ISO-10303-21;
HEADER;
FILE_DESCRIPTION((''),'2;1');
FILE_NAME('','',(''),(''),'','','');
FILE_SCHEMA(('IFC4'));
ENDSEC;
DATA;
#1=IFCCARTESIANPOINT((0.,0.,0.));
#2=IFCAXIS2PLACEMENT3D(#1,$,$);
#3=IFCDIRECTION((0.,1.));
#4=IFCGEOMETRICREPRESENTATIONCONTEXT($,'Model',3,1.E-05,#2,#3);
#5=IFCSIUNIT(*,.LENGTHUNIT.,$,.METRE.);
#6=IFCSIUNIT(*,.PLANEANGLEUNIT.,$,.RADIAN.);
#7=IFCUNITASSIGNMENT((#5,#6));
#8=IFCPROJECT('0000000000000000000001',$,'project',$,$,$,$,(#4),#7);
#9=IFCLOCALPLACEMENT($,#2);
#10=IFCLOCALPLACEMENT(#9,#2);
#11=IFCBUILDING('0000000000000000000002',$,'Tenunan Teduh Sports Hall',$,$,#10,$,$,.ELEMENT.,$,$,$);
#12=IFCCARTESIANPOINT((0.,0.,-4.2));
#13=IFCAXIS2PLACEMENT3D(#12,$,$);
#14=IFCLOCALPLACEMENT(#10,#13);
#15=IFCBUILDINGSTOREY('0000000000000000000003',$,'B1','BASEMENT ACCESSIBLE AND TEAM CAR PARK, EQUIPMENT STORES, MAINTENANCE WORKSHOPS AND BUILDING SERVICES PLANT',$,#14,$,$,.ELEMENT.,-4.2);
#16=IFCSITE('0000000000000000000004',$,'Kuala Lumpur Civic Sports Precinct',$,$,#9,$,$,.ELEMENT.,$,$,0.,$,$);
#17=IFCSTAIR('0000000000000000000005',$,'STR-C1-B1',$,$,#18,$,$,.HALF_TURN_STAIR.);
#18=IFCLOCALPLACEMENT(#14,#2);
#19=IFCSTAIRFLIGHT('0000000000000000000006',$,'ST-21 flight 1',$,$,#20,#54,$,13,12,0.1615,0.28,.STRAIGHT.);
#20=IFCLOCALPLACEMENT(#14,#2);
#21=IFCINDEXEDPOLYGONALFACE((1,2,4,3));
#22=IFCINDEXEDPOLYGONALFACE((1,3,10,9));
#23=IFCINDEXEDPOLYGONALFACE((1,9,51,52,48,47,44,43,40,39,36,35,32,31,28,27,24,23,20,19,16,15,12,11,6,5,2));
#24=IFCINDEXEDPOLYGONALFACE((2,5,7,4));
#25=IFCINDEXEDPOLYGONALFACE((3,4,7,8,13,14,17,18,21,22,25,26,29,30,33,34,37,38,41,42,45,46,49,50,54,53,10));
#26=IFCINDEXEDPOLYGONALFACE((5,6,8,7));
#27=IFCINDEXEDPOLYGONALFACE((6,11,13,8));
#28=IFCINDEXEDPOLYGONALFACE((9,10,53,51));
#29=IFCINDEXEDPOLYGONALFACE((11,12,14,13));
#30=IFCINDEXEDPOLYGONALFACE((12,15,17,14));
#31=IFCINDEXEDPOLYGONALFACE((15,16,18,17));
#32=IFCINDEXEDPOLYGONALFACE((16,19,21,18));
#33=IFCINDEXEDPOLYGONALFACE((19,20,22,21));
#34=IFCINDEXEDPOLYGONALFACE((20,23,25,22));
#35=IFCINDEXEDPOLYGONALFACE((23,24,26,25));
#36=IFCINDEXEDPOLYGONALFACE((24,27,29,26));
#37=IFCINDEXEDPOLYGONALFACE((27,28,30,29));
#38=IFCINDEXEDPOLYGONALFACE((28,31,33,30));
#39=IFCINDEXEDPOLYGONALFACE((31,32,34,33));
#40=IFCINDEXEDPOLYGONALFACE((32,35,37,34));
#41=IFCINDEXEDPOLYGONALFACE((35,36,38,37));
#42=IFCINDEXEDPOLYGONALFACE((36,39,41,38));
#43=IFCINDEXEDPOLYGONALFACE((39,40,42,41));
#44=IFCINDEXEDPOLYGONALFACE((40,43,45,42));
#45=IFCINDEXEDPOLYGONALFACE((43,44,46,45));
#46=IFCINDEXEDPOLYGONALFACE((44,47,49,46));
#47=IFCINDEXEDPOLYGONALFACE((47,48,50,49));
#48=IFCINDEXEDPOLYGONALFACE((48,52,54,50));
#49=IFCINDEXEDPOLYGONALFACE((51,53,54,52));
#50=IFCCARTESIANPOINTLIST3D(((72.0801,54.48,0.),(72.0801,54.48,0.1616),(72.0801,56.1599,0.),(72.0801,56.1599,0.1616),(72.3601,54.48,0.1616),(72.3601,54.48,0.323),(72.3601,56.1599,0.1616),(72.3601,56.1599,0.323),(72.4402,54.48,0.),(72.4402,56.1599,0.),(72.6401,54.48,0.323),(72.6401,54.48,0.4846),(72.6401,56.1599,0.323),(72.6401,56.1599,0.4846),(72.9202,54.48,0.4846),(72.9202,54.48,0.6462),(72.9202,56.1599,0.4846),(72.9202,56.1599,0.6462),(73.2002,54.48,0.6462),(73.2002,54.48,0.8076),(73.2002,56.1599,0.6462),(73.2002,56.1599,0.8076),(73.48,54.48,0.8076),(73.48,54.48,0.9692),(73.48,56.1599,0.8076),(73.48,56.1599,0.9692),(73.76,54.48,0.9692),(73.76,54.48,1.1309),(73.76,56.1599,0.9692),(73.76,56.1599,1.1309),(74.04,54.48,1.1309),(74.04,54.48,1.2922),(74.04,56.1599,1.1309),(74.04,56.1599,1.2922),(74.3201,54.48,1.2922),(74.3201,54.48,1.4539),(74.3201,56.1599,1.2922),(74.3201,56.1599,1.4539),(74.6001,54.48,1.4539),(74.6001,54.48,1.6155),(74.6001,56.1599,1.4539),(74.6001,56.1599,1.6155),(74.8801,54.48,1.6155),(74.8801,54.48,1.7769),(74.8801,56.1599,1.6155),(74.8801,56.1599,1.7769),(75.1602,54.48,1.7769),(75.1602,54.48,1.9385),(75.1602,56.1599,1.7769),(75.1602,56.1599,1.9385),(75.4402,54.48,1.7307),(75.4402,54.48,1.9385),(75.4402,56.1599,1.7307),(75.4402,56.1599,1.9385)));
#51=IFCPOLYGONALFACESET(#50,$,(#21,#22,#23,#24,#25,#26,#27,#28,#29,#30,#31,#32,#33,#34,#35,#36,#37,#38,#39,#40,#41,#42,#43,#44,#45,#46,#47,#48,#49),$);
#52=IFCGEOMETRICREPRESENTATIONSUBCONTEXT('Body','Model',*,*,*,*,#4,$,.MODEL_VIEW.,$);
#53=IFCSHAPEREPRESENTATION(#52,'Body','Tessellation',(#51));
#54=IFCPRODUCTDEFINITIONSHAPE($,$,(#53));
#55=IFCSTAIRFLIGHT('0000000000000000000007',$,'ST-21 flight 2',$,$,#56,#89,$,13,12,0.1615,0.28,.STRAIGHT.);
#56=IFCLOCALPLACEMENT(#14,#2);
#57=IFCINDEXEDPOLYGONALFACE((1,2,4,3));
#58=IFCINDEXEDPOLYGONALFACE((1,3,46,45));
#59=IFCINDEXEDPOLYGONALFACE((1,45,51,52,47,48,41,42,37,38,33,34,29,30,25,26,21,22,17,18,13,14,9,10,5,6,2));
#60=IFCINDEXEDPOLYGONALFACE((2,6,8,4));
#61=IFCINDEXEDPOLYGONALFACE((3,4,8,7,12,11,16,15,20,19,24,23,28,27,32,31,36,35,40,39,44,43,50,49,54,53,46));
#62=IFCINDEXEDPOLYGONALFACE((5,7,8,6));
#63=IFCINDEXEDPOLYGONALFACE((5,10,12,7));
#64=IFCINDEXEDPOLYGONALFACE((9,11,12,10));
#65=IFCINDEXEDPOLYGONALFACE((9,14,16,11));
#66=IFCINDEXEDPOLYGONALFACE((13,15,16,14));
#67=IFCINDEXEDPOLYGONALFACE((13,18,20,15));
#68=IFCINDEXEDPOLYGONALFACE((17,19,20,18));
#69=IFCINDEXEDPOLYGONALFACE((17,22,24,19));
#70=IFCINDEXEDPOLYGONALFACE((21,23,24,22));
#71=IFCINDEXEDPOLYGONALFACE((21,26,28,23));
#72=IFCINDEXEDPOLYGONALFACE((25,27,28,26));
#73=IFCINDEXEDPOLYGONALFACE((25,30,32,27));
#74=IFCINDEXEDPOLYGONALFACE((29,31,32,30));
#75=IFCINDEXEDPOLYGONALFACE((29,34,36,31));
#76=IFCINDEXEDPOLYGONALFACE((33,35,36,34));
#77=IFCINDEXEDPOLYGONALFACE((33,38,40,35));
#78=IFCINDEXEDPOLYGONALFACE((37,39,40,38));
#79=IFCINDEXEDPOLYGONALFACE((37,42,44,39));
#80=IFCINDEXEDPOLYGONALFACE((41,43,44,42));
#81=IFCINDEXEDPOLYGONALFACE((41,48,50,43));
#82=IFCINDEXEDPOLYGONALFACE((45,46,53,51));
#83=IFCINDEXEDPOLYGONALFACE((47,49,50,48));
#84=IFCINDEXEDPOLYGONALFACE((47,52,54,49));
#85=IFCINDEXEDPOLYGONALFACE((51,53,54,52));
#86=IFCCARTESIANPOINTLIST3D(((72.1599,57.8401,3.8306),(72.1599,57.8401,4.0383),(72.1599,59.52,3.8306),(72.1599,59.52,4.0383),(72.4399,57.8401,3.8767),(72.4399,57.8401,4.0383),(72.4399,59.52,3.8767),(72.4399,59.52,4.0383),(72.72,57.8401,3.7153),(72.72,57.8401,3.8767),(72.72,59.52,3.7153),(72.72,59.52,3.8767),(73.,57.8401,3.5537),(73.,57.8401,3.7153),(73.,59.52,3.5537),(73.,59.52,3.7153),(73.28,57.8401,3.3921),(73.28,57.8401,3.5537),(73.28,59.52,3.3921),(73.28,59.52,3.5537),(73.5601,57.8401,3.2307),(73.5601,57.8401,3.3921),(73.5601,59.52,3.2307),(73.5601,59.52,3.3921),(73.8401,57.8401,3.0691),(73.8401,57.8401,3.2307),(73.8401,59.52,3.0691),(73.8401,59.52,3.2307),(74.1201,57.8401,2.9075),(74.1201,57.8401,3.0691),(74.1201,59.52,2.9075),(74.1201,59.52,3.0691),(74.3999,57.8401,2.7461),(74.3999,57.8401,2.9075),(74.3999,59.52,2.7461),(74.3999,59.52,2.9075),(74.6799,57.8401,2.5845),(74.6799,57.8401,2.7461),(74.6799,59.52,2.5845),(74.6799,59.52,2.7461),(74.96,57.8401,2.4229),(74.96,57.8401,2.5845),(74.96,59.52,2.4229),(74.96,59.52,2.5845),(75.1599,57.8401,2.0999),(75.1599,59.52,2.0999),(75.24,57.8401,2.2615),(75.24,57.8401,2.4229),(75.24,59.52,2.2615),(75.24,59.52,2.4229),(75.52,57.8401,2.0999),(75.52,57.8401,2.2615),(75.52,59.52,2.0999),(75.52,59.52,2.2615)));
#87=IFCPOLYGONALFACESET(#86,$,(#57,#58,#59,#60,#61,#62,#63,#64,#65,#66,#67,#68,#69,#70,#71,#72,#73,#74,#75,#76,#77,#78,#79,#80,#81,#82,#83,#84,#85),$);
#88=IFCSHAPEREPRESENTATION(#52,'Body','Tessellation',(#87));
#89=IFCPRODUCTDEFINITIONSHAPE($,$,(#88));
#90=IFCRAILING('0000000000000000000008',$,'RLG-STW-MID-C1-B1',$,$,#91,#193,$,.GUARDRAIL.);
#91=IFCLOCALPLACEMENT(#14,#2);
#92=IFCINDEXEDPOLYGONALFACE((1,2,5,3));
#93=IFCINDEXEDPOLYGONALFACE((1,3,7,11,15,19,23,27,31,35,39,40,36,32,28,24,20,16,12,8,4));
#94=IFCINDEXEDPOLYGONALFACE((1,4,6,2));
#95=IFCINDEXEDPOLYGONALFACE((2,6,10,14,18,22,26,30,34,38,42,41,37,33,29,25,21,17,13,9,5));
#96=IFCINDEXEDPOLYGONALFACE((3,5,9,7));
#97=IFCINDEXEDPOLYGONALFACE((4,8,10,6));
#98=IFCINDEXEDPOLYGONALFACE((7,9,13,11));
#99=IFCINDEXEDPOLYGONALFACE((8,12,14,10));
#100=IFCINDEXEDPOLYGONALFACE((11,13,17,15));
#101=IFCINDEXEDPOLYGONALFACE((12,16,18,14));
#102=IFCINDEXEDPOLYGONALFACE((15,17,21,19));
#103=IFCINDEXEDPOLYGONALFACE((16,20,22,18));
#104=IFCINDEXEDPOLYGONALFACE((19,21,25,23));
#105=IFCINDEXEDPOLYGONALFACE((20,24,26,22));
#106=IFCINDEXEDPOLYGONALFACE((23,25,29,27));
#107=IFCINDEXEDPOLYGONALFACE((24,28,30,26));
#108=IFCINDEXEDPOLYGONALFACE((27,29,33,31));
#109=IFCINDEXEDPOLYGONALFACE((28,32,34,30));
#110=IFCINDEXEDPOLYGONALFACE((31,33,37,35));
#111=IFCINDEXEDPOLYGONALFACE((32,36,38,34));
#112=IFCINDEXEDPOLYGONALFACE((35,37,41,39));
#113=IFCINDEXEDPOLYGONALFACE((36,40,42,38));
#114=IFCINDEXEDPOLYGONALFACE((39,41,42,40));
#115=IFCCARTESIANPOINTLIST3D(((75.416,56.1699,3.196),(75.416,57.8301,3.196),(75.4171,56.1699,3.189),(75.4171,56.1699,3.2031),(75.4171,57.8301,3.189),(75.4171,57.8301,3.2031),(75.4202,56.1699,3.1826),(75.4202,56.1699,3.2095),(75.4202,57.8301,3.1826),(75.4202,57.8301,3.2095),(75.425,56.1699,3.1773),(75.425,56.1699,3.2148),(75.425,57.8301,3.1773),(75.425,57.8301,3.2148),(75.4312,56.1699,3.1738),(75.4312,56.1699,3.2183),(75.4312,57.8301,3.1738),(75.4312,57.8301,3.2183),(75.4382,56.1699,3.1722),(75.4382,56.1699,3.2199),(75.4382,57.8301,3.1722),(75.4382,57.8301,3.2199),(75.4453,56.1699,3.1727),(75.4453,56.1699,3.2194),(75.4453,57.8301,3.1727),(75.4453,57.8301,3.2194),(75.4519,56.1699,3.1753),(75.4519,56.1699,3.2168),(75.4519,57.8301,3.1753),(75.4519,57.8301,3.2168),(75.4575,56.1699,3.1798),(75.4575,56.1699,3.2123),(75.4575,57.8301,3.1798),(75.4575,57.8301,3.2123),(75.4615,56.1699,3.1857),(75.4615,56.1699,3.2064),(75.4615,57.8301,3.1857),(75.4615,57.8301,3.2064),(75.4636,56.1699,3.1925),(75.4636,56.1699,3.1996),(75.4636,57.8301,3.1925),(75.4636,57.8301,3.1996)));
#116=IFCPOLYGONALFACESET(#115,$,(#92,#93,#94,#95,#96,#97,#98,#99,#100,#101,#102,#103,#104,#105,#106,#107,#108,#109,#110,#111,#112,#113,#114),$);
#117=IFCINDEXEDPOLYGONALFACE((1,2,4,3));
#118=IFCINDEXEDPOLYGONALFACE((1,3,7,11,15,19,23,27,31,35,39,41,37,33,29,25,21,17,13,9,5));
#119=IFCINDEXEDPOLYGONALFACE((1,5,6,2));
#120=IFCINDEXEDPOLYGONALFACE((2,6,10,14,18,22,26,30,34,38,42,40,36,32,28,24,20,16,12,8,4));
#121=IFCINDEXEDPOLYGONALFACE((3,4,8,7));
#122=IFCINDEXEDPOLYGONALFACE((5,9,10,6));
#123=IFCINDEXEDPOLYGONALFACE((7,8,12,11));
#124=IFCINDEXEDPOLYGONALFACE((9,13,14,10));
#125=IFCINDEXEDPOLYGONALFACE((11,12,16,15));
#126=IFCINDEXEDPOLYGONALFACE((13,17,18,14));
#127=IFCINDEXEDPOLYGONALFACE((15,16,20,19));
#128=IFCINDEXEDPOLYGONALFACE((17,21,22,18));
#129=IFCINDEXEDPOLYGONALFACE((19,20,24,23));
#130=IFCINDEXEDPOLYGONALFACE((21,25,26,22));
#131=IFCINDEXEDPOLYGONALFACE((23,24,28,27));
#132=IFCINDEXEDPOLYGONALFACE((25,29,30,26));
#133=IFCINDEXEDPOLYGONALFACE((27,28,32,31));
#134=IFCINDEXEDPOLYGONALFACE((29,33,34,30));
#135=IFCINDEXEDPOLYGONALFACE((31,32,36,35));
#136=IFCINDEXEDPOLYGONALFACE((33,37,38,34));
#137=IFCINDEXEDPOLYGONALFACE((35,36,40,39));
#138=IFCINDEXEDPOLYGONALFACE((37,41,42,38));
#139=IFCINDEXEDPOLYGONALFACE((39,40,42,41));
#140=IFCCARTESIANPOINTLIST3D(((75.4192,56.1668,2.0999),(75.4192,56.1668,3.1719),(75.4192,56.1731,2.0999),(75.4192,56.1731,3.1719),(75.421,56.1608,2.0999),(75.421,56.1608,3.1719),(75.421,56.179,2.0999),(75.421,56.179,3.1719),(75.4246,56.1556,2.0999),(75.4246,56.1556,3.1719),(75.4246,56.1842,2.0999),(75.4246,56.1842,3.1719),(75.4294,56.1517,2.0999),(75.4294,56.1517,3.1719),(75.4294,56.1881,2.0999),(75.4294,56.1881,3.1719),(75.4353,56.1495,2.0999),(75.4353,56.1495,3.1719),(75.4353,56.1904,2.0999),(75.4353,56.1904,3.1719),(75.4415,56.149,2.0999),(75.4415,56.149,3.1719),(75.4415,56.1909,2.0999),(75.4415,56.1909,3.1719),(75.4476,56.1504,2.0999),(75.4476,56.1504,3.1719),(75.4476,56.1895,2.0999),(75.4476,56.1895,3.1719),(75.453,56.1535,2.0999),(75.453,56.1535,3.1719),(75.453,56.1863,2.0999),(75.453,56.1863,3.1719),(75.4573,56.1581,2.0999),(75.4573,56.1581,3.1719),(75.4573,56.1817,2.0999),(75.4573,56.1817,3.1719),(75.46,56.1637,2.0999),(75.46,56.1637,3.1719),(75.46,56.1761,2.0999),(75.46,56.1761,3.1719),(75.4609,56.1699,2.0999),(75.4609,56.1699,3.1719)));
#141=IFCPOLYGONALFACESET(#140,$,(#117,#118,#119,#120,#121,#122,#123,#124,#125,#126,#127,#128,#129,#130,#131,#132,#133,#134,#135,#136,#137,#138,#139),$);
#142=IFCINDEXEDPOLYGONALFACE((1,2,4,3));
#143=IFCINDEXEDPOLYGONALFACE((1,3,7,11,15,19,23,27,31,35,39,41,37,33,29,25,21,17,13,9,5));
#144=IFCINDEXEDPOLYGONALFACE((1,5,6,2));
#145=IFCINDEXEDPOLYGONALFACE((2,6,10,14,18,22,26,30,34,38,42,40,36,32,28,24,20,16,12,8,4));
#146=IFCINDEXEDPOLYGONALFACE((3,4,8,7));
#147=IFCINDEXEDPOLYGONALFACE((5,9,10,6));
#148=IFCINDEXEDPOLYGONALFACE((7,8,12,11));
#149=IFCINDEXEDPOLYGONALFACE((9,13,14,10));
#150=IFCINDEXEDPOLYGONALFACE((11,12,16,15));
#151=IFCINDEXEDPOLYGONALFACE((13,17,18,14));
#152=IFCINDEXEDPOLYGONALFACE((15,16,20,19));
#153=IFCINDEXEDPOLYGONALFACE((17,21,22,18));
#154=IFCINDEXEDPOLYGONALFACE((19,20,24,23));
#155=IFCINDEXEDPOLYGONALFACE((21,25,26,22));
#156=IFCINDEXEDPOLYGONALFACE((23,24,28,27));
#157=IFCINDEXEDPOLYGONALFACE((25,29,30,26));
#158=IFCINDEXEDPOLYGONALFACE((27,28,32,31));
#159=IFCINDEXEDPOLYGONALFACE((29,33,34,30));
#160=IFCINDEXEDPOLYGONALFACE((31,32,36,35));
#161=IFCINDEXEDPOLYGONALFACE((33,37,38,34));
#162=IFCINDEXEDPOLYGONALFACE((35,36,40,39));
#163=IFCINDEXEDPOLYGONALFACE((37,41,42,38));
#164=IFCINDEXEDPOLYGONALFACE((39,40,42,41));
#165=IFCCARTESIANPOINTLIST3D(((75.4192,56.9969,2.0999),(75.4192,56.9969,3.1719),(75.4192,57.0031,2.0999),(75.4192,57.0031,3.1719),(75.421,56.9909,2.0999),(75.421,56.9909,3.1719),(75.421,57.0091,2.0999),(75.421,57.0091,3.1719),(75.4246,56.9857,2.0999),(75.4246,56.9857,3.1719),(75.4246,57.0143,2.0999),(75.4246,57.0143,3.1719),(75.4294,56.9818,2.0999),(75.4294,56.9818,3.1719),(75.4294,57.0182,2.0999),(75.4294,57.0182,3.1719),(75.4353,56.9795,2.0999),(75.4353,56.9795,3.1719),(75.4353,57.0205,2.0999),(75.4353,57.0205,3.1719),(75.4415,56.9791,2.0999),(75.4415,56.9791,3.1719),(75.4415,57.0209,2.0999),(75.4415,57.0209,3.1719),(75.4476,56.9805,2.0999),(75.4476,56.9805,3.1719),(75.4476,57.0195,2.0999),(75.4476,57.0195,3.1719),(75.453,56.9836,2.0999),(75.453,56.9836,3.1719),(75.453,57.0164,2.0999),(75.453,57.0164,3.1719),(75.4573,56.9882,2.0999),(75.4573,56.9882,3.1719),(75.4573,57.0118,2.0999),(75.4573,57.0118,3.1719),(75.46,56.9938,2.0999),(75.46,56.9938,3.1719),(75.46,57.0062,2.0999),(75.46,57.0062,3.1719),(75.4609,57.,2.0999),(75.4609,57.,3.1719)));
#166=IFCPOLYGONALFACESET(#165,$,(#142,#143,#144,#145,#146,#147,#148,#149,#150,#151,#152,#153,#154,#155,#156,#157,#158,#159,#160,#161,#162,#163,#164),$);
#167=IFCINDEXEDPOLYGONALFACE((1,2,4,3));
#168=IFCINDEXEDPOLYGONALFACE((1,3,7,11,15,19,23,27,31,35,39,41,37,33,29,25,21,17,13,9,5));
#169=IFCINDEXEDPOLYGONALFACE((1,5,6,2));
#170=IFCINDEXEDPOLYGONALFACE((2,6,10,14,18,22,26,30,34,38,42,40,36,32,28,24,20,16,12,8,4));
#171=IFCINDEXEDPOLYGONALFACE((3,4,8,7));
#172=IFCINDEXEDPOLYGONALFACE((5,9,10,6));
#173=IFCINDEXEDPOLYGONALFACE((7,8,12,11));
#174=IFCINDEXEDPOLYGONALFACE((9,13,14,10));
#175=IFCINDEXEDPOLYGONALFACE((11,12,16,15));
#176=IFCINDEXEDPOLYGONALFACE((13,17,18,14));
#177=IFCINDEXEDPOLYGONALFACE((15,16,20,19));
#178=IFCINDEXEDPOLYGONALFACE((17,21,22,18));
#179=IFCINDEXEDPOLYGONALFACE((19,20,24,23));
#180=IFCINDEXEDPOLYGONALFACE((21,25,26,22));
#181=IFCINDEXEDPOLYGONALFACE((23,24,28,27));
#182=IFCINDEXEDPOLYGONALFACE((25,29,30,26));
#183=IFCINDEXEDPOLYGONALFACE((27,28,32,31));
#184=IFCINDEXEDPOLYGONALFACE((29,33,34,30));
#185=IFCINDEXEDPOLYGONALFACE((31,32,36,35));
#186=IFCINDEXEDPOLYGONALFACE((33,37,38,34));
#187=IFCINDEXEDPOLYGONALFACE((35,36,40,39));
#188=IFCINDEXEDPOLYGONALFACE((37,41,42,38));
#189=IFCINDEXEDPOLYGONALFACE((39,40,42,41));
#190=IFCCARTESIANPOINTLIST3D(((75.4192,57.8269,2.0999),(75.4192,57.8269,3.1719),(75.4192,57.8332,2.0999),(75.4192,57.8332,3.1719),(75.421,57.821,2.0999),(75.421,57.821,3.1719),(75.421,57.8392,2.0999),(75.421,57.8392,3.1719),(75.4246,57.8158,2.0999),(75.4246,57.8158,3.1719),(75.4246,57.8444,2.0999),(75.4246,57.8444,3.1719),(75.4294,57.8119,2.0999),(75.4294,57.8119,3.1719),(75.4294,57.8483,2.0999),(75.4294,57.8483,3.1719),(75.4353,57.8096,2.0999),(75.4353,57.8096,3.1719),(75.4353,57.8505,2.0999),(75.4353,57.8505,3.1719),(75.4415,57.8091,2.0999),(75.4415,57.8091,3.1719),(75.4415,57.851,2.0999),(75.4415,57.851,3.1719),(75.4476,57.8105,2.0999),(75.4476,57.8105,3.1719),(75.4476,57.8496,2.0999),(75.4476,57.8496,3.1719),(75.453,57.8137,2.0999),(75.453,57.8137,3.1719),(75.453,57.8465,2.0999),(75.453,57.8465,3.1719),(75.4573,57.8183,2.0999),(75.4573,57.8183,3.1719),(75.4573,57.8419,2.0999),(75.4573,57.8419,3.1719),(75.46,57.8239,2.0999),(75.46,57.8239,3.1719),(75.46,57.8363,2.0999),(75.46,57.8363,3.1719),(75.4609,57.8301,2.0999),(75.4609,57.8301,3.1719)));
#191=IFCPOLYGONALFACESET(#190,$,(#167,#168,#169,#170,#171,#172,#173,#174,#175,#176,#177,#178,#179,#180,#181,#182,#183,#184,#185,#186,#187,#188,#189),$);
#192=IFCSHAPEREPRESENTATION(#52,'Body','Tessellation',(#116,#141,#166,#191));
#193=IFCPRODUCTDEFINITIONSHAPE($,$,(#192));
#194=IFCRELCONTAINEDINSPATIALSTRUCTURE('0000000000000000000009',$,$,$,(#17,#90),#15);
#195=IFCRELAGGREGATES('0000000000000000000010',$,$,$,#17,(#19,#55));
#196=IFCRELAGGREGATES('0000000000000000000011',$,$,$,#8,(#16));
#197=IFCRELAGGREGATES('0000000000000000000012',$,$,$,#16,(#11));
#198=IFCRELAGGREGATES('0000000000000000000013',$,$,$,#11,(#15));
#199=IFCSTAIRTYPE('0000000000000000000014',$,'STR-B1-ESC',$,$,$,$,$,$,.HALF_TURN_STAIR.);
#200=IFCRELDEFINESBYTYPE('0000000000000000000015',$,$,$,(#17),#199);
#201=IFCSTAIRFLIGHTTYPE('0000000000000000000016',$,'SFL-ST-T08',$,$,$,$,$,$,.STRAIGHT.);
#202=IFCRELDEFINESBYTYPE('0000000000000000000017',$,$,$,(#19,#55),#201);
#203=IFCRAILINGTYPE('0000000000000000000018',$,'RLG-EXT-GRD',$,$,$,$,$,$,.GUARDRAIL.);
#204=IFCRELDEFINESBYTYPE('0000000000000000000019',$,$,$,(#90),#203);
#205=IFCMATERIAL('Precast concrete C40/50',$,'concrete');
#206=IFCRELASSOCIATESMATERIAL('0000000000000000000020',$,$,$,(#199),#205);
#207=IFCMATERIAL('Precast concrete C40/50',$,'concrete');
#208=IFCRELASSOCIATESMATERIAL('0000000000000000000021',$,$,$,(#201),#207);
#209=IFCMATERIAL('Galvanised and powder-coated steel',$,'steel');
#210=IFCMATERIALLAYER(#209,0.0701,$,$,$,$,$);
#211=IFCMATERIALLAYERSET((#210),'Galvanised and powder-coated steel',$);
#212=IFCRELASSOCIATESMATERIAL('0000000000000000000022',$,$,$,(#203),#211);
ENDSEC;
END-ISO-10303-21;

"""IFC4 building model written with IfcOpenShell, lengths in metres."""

from ifc_helpers import new_model, si_unit, direction, frame, origin, origin_2d, place, context, subcontext, project, spatial, polyline, circle, outline, extrude, material, layer, layer_set, type_object, element, aggregate, save


model = new_model("IFC4")

# Units and contexts
model_context = context("Model", 3, precision=1e-05, world=origin(), true_north=direction((0.0, 1.0)))
body_context = subcontext(model_context, "Body", "Model", "MODEL_VIEW")
ifc_project = project(units=[si_unit("LENGTHUNIT", "METRE"), si_unit("PLANEANGLEUNIT", "RADIAN")], contexts=[model_context])

# Site, building, storey
site_placement = place(None, origin())
site = spatial("IfcSite", under=ifc_project, at=site_placement, Name="Kuala Lumpur Civic Sports Precinct", CompositionType="ELEMENT", RefElevation=0.0)
building_placement = place(site_placement, origin())
building = spatial("IfcBuilding", under=site, at=building_placement, Name="Tenunan Teduh Sports Hall", CompositionType="ELEMENT")
storey_placement = place(building_placement, frame((0.0, 0.0, -4.2)))
storey = spatial("IfcBuildingStorey", under=building, at=storey_placement, Name="B1", Description="BASEMENT ACCESSIBLE AND TEAM CAR PARK, EQUIPMENT STORES, MAINTENANCE WORKSHOPS AND BUILDING SERVICES PLANT", CompositionType="ELEMENT", Elevation=-4.2)

# Stair, stair flights
ifc_material_1 = material(Name="Precast concrete C40/50", Category="concrete")
stair_type = type_object("IfcStairType", Name="STR-B1-ESC", PredefinedType="HALF_TURN_STAIR", material=ifc_material_1)
stair_placement = place(storey_placement, origin())
stair = element("IfcStair", 1, at=stair_placement, inside=storey, type_object=stair_type, Name="STR-C1-B1", PredefinedType="HALF_TURN_STAIR")
ifc_material_2 = material(Name="Precast concrete C40/50", Category="concrete")
stair_flight_type = type_object("IfcStairFlightType", Name="SFL-ST-T08", PredefinedType="STRAIGHT", material=ifc_material_2)
stair_flight_1_placement = place(storey_placement, frame((72.0801, 55.3201, 0.0), z_axis=(0.0, 0.0, 1.0), x_axis=(1.0, 0.0, 0.0)))
stair_flight_1 = element("IfcStairFlight", 2, at=stair_flight_1_placement, type_object=stair_flight_type, Name="ST-21 flight 1", NumberOfRisers=13, NumberOfTreads=12, PredefinedType="STRAIGHT", RiserHeight=0.1615, TreadLength=0.28, context=body_context, shape_type="SweptSolid", body=[
    extrude(outline(polyline([(0.0, 0.0), (0.0, 0.1616), (0.28, 0.1616), (0.28, 0.323), (0.5601, 0.323), (0.5601, 0.4846), (0.8401, 0.4846), (0.8401, 0.6462), (1.1201, 0.6462), (1.1201, 0.8076), (1.3999, 0.8076), (1.3999, 0.9692), (1.6799, 0.9692), (1.6799, 1.1309), (1.96, 1.1309), (1.96, 1.2922), (2.24, 1.2922), (2.24, 1.4539), (2.52, 1.4539), (2.52, 1.6155), (2.8, 1.6155), (2.8, 1.7769), (3.0801, 1.7769), (3.0801, 1.9385), (3.3601, 1.9385), (3.3601, 2.1001), (3.3601, 1.7307), (0.3601, 0.0), (0.0, 0.0)])), frame((0.0, 0.8398, 0.0), z_axis=(0.0, -1.0, 0.0), x_axis=(1.0, 0.0, 0.0)), (0.0, 0.0, 1.0), 1.6799),
])
stair_flight_2_placement = place(storey_placement, frame((75.52, 58.6799, 2.0999), z_axis=(0.0, 0.0, 1.0), x_axis=(-1.0, 0.0, 0.0)))
stair_flight_2 = element("IfcStairFlight", 3, at=stair_flight_2_placement, type_object=stair_flight_type, Name="ST-21 flight 2", NumberOfRisers=13, NumberOfTreads=12, PredefinedType="STRAIGHT", RiserHeight=0.1615, TreadLength=0.28, context=body_context, shape_type="SweptSolid", body=[
    extrude(outline(polyline([(0.0, 0.0), (0.0, 0.1616), (0.28, 0.1616), (0.28, 0.323), (0.5601, 0.323), (0.5601, 0.4846), (0.8401, 0.4846), (0.8401, 0.6462), (1.1201, 0.6462), (1.1201, 0.8076), (1.3999, 0.8076), (1.3999, 0.9692), (1.6799, 0.9692), (1.6799, 1.1309), (1.96, 1.1309), (1.96, 1.2922), (2.24, 1.2922), (2.24, 1.4539), (2.52, 1.4539), (2.52, 1.6155), (2.8, 1.6155), (2.8, 1.7769), (3.0801, 1.7769), (3.0801, 1.9385), (3.3601, 1.9385), (3.3601, 2.1001), (3.3601, 1.7307), (0.3601, 0.0), (0.0, 0.0)])), frame((0.0, 0.8398, 0.0), z_axis=(0.0, -1.0, 0.0), x_axis=(1.0, 0.0, 0.0)), (0.0, 0.0, 1.0), 1.6799),
])

# Railing
ifc_material_3 = material(Name="Galvanised and powder-coated steel", Category="steel")
ifc_layer_1 = layer(ifc_material_3, 0.0701)
ifc_layer_set_1 = layer_set([ifc_layer_1], Name="Galvanised and powder-coated steel")
railing_type_1 = type_object("IfcRailingType", Name="RLG-EXT-GRD", PredefinedType="GUARDRAIL", material=ifc_layer_set_1)
railing_1_placement = place(storey_placement, frame((75.4399, 56.1699, 2.0999)))
element("IfcRailing", 4, at=railing_1_placement, inside=storey, type_object=railing_type_1, Name="RLG-STW-MID-C1-B1", PredefinedType="GUARDRAIL", context=body_context, shape_type="SweptSolid", body=[
    extrude(circle(Radius=0.0239, at=origin_2d()), frame((0.0, 0.0, 1.0962), z_axis=(0.0, 1.0, 0.0), x_axis=(-1.0, 0.0, 0.0)), (0.0, 0.0, 1.0), 1.6602),
    extrude(circle(Radius=0.021, at=origin_2d()), origin(), (0.0, 0.0, 1.0), 1.072),
    extrude(circle(Radius=0.021, at=origin_2d()), frame((0.0, 0.8301, 0.0)), (0.0, 0.0, 1.0), 1.072),
    extrude(circle(Radius=0.021, at=origin_2d()), frame((0.0, 1.6602, 0.0)), (0.0, 0.0, 1.0), 1.072),
])

aggregate(stair, [stair_flight_1, stair_flight_2])

save(model, "model.ifc")
